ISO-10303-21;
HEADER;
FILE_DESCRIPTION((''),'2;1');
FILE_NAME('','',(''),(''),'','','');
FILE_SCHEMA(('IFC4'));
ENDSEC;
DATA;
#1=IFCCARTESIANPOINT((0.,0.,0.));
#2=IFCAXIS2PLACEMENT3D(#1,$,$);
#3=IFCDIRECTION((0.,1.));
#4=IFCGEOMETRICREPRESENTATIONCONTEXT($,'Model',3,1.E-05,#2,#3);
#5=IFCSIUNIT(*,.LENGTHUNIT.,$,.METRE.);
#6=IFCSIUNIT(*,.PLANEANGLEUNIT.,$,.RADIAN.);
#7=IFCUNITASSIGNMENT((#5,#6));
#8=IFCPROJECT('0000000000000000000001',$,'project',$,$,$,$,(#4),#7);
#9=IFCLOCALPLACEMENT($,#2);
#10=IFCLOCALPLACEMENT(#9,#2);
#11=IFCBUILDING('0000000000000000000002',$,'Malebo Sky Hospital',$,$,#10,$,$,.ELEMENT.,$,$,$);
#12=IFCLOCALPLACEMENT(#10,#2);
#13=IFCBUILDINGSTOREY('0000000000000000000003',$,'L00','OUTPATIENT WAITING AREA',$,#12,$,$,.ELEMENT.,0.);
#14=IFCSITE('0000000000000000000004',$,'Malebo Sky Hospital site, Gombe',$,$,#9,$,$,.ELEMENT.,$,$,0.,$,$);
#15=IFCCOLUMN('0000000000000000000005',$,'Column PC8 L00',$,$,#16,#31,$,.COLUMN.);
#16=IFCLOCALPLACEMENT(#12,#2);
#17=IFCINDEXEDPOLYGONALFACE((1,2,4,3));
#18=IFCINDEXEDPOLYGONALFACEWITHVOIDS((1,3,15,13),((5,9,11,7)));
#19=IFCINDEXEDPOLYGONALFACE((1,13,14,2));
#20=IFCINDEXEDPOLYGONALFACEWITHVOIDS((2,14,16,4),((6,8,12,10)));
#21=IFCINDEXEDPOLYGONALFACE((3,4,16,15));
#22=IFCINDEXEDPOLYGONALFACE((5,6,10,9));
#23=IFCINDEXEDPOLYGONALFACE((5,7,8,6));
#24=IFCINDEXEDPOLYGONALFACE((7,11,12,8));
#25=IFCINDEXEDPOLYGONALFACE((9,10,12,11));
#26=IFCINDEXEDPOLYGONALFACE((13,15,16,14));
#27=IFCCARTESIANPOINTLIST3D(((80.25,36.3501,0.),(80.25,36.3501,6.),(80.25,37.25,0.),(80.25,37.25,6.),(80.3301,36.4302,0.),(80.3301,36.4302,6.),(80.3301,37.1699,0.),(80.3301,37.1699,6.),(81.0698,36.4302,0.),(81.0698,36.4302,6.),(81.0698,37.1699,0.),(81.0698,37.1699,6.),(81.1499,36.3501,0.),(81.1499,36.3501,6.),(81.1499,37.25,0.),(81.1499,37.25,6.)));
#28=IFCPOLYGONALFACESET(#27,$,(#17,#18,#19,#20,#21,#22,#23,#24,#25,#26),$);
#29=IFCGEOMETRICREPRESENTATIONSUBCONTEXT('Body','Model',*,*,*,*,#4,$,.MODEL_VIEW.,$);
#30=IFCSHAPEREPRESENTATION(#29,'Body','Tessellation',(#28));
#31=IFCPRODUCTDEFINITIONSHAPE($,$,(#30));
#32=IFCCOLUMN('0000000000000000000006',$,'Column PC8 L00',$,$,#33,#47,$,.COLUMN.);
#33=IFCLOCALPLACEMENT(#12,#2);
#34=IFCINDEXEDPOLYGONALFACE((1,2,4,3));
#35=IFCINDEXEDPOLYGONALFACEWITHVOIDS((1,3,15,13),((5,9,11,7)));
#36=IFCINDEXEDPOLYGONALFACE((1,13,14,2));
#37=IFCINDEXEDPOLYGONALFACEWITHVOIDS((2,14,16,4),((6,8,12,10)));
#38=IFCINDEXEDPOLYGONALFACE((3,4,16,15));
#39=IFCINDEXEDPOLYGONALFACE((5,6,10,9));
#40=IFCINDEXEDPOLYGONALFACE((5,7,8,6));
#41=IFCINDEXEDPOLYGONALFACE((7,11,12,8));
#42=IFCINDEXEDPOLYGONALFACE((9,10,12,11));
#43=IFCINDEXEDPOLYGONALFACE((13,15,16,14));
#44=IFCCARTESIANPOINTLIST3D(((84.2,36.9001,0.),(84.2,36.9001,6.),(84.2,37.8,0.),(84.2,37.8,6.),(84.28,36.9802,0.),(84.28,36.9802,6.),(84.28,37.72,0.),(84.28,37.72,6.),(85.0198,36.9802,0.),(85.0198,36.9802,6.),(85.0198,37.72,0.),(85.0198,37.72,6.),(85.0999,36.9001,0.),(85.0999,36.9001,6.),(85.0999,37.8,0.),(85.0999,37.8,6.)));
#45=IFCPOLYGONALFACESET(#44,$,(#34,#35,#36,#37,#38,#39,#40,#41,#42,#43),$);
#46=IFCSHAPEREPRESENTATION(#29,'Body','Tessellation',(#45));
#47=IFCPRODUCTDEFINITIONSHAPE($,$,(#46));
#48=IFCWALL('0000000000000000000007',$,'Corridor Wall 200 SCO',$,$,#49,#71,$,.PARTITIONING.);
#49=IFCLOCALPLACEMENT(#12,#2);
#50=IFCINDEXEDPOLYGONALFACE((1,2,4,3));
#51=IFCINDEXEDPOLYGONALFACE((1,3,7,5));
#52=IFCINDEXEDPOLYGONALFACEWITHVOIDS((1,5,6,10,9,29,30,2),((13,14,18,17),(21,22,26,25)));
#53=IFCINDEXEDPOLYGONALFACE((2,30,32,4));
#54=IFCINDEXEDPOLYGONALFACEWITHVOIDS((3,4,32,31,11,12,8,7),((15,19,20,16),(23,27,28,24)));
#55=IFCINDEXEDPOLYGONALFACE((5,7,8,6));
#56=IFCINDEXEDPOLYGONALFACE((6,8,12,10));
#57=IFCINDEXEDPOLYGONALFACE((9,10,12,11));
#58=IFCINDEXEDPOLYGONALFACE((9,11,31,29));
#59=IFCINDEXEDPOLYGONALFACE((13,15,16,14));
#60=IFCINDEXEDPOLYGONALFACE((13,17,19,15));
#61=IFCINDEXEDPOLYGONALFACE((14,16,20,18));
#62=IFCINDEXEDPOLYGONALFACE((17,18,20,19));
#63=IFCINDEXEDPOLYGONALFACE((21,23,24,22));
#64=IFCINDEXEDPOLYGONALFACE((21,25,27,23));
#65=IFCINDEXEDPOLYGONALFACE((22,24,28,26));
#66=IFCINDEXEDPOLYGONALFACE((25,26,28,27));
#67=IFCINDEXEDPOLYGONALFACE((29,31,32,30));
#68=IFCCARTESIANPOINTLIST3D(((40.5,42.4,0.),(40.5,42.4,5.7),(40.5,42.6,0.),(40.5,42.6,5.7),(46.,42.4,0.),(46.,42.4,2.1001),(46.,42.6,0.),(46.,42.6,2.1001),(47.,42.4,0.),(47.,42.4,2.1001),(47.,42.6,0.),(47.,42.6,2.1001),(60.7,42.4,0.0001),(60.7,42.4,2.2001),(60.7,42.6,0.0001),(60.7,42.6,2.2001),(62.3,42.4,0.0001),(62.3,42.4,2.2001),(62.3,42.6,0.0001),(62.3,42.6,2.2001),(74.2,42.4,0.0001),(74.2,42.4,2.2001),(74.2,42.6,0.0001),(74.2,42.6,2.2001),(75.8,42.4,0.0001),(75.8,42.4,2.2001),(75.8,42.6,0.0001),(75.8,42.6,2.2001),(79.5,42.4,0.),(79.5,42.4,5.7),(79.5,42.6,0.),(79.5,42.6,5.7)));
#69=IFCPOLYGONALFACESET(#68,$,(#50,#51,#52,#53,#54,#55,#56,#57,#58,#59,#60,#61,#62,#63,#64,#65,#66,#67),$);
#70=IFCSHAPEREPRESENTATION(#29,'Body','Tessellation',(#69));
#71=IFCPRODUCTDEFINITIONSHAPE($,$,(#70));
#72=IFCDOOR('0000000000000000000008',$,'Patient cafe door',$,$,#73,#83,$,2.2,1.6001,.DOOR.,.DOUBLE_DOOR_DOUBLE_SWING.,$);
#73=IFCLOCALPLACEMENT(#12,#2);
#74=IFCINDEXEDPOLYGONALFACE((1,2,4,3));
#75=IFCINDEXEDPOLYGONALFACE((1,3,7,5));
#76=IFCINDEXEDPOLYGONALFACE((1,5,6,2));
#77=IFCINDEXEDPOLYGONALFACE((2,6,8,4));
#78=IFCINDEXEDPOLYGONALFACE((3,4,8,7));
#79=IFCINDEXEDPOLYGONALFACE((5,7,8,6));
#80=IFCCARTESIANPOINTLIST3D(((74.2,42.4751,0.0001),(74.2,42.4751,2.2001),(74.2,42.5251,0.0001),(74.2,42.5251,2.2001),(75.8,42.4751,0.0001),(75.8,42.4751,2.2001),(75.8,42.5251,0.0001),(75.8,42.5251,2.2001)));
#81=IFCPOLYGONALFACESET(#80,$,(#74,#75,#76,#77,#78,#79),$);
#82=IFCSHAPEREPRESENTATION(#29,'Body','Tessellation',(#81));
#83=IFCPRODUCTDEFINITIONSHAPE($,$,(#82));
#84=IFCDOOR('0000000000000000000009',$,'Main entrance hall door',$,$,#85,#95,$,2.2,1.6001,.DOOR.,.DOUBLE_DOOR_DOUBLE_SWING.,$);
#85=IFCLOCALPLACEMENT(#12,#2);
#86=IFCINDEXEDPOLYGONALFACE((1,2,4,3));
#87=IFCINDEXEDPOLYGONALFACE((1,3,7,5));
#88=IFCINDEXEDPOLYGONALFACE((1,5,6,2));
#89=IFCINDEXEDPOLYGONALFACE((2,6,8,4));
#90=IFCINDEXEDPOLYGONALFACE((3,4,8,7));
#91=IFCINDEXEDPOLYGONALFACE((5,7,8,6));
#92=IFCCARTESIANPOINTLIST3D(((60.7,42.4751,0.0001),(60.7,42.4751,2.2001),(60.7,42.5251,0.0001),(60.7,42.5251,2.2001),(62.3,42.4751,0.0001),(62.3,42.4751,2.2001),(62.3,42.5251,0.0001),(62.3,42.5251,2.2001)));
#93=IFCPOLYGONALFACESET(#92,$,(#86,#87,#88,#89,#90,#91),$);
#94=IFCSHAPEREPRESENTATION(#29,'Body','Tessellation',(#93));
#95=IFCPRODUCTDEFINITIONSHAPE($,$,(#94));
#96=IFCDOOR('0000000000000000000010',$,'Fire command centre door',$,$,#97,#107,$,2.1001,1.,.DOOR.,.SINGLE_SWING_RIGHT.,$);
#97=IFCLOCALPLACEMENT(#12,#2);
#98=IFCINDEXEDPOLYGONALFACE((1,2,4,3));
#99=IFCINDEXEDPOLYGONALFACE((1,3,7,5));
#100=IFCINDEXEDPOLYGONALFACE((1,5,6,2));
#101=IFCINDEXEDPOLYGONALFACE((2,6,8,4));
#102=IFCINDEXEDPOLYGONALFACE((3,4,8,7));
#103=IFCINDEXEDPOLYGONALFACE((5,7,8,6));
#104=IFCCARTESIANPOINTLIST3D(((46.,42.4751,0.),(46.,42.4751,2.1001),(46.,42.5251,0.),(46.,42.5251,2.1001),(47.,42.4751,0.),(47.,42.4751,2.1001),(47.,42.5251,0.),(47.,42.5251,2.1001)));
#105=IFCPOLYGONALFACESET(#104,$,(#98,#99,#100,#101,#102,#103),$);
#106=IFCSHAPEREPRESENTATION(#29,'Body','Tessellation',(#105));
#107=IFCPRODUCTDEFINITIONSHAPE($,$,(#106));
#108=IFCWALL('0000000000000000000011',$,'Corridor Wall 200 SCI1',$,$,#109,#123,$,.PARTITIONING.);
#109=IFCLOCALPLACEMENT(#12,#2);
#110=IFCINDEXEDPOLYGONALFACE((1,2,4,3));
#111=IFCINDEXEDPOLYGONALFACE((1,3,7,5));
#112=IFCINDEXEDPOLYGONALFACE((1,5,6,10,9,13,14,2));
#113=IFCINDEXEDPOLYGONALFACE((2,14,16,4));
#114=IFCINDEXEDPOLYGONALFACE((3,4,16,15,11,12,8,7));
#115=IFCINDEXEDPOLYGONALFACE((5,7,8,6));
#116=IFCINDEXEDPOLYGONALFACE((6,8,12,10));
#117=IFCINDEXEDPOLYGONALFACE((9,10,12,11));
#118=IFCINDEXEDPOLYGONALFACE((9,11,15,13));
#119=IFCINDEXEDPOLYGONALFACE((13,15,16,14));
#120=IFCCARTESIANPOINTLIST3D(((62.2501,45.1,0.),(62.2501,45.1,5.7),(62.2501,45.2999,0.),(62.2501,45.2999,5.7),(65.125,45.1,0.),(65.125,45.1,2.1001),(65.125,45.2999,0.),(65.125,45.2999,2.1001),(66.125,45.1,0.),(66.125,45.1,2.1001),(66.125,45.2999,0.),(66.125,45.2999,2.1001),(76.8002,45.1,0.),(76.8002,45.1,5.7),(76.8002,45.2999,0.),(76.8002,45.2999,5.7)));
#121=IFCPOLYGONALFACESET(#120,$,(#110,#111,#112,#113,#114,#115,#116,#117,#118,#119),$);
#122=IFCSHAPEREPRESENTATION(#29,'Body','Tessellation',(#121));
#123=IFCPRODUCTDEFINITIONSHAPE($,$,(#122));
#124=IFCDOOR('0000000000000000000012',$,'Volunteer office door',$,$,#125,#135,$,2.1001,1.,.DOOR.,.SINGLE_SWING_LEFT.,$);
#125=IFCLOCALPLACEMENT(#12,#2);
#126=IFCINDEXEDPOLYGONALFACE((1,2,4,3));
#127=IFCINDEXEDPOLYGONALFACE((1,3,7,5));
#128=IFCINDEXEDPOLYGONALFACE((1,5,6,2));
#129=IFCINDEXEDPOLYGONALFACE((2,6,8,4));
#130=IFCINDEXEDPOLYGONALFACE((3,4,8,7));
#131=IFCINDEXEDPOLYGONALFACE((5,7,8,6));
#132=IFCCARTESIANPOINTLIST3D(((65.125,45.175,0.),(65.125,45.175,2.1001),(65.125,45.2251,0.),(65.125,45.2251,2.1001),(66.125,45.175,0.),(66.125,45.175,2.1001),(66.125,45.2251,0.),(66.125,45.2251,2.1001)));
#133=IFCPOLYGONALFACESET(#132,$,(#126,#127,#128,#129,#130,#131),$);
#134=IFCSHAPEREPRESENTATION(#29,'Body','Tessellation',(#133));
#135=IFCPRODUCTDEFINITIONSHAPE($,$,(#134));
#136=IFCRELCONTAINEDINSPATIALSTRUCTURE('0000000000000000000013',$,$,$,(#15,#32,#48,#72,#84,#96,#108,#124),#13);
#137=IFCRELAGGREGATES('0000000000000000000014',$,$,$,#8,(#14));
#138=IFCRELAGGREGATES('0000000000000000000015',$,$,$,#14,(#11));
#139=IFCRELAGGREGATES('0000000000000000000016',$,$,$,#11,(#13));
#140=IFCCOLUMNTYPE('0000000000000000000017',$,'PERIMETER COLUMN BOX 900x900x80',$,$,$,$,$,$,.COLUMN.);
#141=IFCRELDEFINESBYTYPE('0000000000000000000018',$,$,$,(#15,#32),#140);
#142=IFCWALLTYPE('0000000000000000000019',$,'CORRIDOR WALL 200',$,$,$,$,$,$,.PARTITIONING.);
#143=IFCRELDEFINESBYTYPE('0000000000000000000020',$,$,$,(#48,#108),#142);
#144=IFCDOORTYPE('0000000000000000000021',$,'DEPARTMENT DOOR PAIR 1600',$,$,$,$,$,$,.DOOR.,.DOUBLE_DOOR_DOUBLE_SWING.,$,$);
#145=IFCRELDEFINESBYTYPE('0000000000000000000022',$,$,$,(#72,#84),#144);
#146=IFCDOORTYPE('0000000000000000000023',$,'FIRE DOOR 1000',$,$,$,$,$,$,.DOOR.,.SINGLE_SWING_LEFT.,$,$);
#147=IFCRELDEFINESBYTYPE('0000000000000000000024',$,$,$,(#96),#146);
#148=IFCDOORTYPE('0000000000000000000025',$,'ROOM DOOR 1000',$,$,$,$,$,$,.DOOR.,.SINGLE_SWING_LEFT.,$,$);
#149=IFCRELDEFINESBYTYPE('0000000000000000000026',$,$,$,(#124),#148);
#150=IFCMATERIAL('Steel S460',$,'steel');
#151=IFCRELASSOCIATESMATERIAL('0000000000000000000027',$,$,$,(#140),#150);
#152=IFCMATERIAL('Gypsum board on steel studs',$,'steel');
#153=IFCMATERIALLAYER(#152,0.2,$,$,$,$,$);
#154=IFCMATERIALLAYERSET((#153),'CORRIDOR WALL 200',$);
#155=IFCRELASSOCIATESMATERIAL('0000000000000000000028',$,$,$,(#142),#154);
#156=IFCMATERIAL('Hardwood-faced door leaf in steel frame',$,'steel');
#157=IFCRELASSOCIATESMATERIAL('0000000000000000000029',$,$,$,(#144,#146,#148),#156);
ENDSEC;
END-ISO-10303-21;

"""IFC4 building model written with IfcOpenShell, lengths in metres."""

from ifc_helpers import new_model, si_unit, direction, frame, frame_2d, origin, origin_2d, place, context, subcontext, project, spatial, rectangle, hollow_rectangle, extrude, material, layer, layer_set, material_profile, profile_set, type_object, element, fill, save


model = new_model("IFC4")

# Units and contexts
model_context = context("Model", 3, precision=1e-05, world=origin(), true_north=direction((0.0, 1.0)))
body_context = subcontext(model_context, "Body", "Model", "MODEL_VIEW")
ifc_project = project(units=[si_unit("LENGTHUNIT", "METRE"), si_unit("PLANEANGLEUNIT", "RADIAN")], contexts=[model_context])

# Site, building, storey
site_placement = place(None, origin())
site = spatial("IfcSite", under=ifc_project, at=site_placement, Name="Malebo Sky Hospital site, Gombe", CompositionType="ELEMENT", RefElevation=0.0)
building_placement = place(site_placement, origin())
building = spatial("IfcBuilding", under=site, at=building_placement, Name="Malebo Sky Hospital", CompositionType="ELEMENT")
storey_placement = place(building_placement, origin())
storey = spatial("IfcBuildingStorey", under=building, at=storey_placement, Name="L00", Description="OUTPATIENT WAITING AREA", CompositionType="ELEMENT", Elevation=0.0)

# Columns
ifc_material_1 = material(Name="Steel S460", Category="steel")
ifc_material_profile_1 = material_profile(ifc_material_1, hollow_rectangle(XDim=0.8999, YDim=0.8999, WallThickness=0.0801, at=origin_2d()), Name="BOX 900x900x80")
ifc_profile_set_1 = profile_set([ifc_material_profile_1], Name="Steel S460")
column_type_1 = type_object("IfcColumnType", Name="PERIMETER COLUMN BOX 900x900x80", PredefinedType="COLUMN", material=ifc_profile_set_1)
for number, where, z_axis, x_axis, name in (
    (1, (80.7, 36.8, 0.0), (0.0, 0.0, 1.0), (1.0, 0.0, 0.0), "Column PC8 L00"),
    (2, (84.6499, 37.3501, 0.0), (0.0, 0.0, 1.0), (1.0, 0.0, 0.0), "Column PC8 L00"),
):
    element("IfcColumn", number, at=place(storey_placement, frame(where, z_axis=z_axis, x_axis=x_axis)), inside=storey, type_object=column_type_1, Name=name, PredefinedType="COLUMN", context=body_context, shape_type="SweptSolid", body=[
        extrude(hollow_rectangle(XDim=0.8999, YDim=0.8999, WallThickness=0.0801, at=origin_2d()), origin(), (0.0, 0.0, 1.0), 6.0),
    ])

# Wall, openings, doors
ifc_material_2 = material(Name="Gypsum board on steel studs", Category="steel")
ifc_layer_1 = layer(ifc_material_2, 0.2)
ifc_layer_set_1 = layer_set([ifc_layer_1], Name="CORRIDOR WALL 200")
wall_type_1 = type_object("IfcWallType", Name="CORRIDOR WALL 200", PredefinedType="PARTITIONING", material=ifc_layer_set_1)
wall_1_placement = place(storey_placement, frame((79.5, 42.5, 0.0), z_axis=(0.0, 0.0, 1.0), x_axis=(-1.0, 0.0, 0.0)))
wall_1 = element("IfcWall", 3, at=wall_1_placement, inside=storey, type_object=wall_type_1, Name="Corridor Wall 200 SCO", PredefinedType="PARTITIONING", context=body_context, shape_type="SweptSolid", body=[
    extrude(rectangle(XDim=39.0, YDim=0.2, at=frame_2d((19.5, 0.0))), origin(), (0.0, 0.0, 1.0), 5.7),
])
opening_1_placement = place(wall_1_placement, frame((3.7, 0.0, 0.0)))
opening_1 = element("IfcOpeningElement", 4, at=opening_1_placement, cuts=wall_1, PredefinedType="OPENING", context=body_context, shape_type="SweptSolid", body=[
    extrude(rectangle(XDim=1.6001, YDim=2.2, at=frame_2d((0.8, 1.1001))), frame((0.0, 0.1099, 0.0), z_axis=(0.0, -1.0, 0.0), x_axis=(1.0, 0.0, 0.0)), (0.0, 0.0, 1.0), 0.22),
])
opening_2_placement = place(wall_1_placement, frame((17.2, 0.0, 0.0)))
opening_2 = element("IfcOpeningElement", 5, at=opening_2_placement, cuts=wall_1, PredefinedType="OPENING", context=body_context, shape_type="SweptSolid", body=[
    extrude(rectangle(XDim=1.6001, YDim=2.2, at=frame_2d((0.8, 1.1001))), frame((0.0, 0.1099, 0.0), z_axis=(0.0, -1.0, 0.0), x_axis=(1.0, 0.0, 0.0)), (0.0, 0.0, 1.0), 0.22),
])
opening_3_placement = place(wall_1_placement, frame((32.5, 0.0, 0.0)))
opening_3 = element("IfcOpeningElement", 6, at=opening_3_placement, cuts=wall_1, PredefinedType="OPENING", context=body_context, shape_type="SweptSolid", body=[
    extrude(rectangle(XDim=1.0, YDim=2.1001, at=frame_2d((0.5, 1.05))), frame((0.0, 0.1099, 0.0), z_axis=(0.0, -1.0, 0.0), x_axis=(1.0, 0.0, 0.0)), (0.0, 0.0, 1.0), 0.22),
])
ifc_material_3 = material(Name="Hardwood-faced door leaf in steel frame", Category="steel")
door_type_1 = type_object("IfcDoorType", Name="DEPARTMENT DOOR PAIR 1600", OperationType="DOUBLE_DOOR_DOUBLE_SWING", PredefinedType="DOOR", material=ifc_material_3)
door_1_placement = place(opening_1_placement, origin())
door_1 = element("IfcDoor", 7, at=door_1_placement, inside=storey, type_object=door_type_1, Name="Patient cafe door", OperationType="DOUBLE_DOOR_DOUBLE_SWING", OverallHeight=2.2, OverallWidth=1.6001, PredefinedType="DOOR", context=body_context, shape_type="SweptSolid", body=[
    extrude(rectangle(XDim=1.6001, YDim=2.2, at=frame_2d((0.8, 1.1001))), frame((0.0, 0.0249, 0.0), z_axis=(0.0, -1.0, 0.0), x_axis=(1.0, 0.0, 0.0)), (0.0, 0.0, 1.0), 0.05),
])
fill(opening_1, door_1)
door_2_placement = place(opening_2_placement, origin())
door_2 = element("IfcDoor", 8, at=door_2_placement, inside=storey, type_object=door_type_1, Name="Main entrance hall door", OperationType="DOUBLE_DOOR_DOUBLE_SWING", OverallHeight=2.2, OverallWidth=1.6001, PredefinedType="DOOR", context=body_context, shape_type="SweptSolid", body=[
    extrude(rectangle(XDim=1.6001, YDim=2.2, at=frame_2d((0.8, 1.1001))), frame((0.0, 0.0249, 0.0), z_axis=(0.0, -1.0, 0.0), x_axis=(1.0, 0.0, 0.0)), (0.0, 0.0, 1.0), 0.05),
])
fill(opening_2, door_2)
door_type_2 = type_object("IfcDoorType", Name="FIRE DOOR 1000", OperationType="SINGLE_SWING_LEFT", PredefinedType="DOOR", material=ifc_material_3)
door_3_placement = place(opening_3_placement, origin())
door_3 = element("IfcDoor", 9, at=door_3_placement, inside=storey, type_object=door_type_2, Name="Fire command centre door", OperationType="SINGLE_SWING_RIGHT", OverallHeight=2.1001, OverallWidth=1.0, PredefinedType="DOOR", context=body_context, shape_type="SweptSolid", body=[
    extrude(rectangle(XDim=1.0, YDim=2.1001, at=frame_2d((0.5, 1.05))), frame((0.0, 0.0249, 0.0), z_axis=(0.0, -1.0, 0.0), x_axis=(1.0, 0.0, 0.0)), (0.0, 0.0, 1.0), 0.05),
])
fill(opening_3, door_3)

# Wall, opening, door
wall_2_placement = place(storey_placement, frame((76.8, 45.2, 0.0), z_axis=(0.0, 0.0, 1.0), x_axis=(-1.0, 0.0, 0.0)))
wall_2 = element("IfcWall", 10, at=wall_2_placement, inside=storey, type_object=wall_type_1, Name="Corridor Wall 200 SCI1", PredefinedType="PARTITIONING", context=body_context, shape_type="SweptSolid", body=[
    extrude(rectangle(XDim=14.55, YDim=0.2, at=frame_2d((7.2749, 0.0))), origin(), (0.0, 0.0, 1.0), 5.7),
])
opening_4_placement = place(wall_2_placement, frame((10.675, 0.0, 0.0)))
opening_4 = element("IfcOpeningElement", 11, at=opening_4_placement, cuts=wall_2, PredefinedType="OPENING", context=body_context, shape_type="SweptSolid", body=[
    extrude(rectangle(XDim=1.0, YDim=2.1001, at=frame_2d((0.5, 1.05))), frame((0.0, 0.1099, 0.0), z_axis=(0.0, -1.0, 0.0), x_axis=(1.0, 0.0, 0.0)), (0.0, 0.0, 1.0), 0.22),
])
door_type_3 = type_object("IfcDoorType", Name="ROOM DOOR 1000", OperationType="SINGLE_SWING_LEFT", PredefinedType="DOOR", material=ifc_material_3)
door_4_placement = place(opening_4_placement, origin())
door_4 = element("IfcDoor", 12, at=door_4_placement, inside=storey, type_object=door_type_3, Name="Volunteer office door", OperationType="SINGLE_SWING_LEFT", OverallHeight=2.1001, OverallWidth=1.0, PredefinedType="DOOR", context=body_context, shape_type="SweptSolid", body=[
    extrude(rectangle(XDim=1.0, YDim=2.1001, at=frame_2d((0.5, 1.05))), frame((0.0, 0.0249, 0.0), z_axis=(0.0, -1.0, 0.0), x_axis=(1.0, 0.0, 0.0)), (0.0, 0.0, 1.0), 0.05),
])
fill(opening_4, door_4)

save(model, "model.ifc")
